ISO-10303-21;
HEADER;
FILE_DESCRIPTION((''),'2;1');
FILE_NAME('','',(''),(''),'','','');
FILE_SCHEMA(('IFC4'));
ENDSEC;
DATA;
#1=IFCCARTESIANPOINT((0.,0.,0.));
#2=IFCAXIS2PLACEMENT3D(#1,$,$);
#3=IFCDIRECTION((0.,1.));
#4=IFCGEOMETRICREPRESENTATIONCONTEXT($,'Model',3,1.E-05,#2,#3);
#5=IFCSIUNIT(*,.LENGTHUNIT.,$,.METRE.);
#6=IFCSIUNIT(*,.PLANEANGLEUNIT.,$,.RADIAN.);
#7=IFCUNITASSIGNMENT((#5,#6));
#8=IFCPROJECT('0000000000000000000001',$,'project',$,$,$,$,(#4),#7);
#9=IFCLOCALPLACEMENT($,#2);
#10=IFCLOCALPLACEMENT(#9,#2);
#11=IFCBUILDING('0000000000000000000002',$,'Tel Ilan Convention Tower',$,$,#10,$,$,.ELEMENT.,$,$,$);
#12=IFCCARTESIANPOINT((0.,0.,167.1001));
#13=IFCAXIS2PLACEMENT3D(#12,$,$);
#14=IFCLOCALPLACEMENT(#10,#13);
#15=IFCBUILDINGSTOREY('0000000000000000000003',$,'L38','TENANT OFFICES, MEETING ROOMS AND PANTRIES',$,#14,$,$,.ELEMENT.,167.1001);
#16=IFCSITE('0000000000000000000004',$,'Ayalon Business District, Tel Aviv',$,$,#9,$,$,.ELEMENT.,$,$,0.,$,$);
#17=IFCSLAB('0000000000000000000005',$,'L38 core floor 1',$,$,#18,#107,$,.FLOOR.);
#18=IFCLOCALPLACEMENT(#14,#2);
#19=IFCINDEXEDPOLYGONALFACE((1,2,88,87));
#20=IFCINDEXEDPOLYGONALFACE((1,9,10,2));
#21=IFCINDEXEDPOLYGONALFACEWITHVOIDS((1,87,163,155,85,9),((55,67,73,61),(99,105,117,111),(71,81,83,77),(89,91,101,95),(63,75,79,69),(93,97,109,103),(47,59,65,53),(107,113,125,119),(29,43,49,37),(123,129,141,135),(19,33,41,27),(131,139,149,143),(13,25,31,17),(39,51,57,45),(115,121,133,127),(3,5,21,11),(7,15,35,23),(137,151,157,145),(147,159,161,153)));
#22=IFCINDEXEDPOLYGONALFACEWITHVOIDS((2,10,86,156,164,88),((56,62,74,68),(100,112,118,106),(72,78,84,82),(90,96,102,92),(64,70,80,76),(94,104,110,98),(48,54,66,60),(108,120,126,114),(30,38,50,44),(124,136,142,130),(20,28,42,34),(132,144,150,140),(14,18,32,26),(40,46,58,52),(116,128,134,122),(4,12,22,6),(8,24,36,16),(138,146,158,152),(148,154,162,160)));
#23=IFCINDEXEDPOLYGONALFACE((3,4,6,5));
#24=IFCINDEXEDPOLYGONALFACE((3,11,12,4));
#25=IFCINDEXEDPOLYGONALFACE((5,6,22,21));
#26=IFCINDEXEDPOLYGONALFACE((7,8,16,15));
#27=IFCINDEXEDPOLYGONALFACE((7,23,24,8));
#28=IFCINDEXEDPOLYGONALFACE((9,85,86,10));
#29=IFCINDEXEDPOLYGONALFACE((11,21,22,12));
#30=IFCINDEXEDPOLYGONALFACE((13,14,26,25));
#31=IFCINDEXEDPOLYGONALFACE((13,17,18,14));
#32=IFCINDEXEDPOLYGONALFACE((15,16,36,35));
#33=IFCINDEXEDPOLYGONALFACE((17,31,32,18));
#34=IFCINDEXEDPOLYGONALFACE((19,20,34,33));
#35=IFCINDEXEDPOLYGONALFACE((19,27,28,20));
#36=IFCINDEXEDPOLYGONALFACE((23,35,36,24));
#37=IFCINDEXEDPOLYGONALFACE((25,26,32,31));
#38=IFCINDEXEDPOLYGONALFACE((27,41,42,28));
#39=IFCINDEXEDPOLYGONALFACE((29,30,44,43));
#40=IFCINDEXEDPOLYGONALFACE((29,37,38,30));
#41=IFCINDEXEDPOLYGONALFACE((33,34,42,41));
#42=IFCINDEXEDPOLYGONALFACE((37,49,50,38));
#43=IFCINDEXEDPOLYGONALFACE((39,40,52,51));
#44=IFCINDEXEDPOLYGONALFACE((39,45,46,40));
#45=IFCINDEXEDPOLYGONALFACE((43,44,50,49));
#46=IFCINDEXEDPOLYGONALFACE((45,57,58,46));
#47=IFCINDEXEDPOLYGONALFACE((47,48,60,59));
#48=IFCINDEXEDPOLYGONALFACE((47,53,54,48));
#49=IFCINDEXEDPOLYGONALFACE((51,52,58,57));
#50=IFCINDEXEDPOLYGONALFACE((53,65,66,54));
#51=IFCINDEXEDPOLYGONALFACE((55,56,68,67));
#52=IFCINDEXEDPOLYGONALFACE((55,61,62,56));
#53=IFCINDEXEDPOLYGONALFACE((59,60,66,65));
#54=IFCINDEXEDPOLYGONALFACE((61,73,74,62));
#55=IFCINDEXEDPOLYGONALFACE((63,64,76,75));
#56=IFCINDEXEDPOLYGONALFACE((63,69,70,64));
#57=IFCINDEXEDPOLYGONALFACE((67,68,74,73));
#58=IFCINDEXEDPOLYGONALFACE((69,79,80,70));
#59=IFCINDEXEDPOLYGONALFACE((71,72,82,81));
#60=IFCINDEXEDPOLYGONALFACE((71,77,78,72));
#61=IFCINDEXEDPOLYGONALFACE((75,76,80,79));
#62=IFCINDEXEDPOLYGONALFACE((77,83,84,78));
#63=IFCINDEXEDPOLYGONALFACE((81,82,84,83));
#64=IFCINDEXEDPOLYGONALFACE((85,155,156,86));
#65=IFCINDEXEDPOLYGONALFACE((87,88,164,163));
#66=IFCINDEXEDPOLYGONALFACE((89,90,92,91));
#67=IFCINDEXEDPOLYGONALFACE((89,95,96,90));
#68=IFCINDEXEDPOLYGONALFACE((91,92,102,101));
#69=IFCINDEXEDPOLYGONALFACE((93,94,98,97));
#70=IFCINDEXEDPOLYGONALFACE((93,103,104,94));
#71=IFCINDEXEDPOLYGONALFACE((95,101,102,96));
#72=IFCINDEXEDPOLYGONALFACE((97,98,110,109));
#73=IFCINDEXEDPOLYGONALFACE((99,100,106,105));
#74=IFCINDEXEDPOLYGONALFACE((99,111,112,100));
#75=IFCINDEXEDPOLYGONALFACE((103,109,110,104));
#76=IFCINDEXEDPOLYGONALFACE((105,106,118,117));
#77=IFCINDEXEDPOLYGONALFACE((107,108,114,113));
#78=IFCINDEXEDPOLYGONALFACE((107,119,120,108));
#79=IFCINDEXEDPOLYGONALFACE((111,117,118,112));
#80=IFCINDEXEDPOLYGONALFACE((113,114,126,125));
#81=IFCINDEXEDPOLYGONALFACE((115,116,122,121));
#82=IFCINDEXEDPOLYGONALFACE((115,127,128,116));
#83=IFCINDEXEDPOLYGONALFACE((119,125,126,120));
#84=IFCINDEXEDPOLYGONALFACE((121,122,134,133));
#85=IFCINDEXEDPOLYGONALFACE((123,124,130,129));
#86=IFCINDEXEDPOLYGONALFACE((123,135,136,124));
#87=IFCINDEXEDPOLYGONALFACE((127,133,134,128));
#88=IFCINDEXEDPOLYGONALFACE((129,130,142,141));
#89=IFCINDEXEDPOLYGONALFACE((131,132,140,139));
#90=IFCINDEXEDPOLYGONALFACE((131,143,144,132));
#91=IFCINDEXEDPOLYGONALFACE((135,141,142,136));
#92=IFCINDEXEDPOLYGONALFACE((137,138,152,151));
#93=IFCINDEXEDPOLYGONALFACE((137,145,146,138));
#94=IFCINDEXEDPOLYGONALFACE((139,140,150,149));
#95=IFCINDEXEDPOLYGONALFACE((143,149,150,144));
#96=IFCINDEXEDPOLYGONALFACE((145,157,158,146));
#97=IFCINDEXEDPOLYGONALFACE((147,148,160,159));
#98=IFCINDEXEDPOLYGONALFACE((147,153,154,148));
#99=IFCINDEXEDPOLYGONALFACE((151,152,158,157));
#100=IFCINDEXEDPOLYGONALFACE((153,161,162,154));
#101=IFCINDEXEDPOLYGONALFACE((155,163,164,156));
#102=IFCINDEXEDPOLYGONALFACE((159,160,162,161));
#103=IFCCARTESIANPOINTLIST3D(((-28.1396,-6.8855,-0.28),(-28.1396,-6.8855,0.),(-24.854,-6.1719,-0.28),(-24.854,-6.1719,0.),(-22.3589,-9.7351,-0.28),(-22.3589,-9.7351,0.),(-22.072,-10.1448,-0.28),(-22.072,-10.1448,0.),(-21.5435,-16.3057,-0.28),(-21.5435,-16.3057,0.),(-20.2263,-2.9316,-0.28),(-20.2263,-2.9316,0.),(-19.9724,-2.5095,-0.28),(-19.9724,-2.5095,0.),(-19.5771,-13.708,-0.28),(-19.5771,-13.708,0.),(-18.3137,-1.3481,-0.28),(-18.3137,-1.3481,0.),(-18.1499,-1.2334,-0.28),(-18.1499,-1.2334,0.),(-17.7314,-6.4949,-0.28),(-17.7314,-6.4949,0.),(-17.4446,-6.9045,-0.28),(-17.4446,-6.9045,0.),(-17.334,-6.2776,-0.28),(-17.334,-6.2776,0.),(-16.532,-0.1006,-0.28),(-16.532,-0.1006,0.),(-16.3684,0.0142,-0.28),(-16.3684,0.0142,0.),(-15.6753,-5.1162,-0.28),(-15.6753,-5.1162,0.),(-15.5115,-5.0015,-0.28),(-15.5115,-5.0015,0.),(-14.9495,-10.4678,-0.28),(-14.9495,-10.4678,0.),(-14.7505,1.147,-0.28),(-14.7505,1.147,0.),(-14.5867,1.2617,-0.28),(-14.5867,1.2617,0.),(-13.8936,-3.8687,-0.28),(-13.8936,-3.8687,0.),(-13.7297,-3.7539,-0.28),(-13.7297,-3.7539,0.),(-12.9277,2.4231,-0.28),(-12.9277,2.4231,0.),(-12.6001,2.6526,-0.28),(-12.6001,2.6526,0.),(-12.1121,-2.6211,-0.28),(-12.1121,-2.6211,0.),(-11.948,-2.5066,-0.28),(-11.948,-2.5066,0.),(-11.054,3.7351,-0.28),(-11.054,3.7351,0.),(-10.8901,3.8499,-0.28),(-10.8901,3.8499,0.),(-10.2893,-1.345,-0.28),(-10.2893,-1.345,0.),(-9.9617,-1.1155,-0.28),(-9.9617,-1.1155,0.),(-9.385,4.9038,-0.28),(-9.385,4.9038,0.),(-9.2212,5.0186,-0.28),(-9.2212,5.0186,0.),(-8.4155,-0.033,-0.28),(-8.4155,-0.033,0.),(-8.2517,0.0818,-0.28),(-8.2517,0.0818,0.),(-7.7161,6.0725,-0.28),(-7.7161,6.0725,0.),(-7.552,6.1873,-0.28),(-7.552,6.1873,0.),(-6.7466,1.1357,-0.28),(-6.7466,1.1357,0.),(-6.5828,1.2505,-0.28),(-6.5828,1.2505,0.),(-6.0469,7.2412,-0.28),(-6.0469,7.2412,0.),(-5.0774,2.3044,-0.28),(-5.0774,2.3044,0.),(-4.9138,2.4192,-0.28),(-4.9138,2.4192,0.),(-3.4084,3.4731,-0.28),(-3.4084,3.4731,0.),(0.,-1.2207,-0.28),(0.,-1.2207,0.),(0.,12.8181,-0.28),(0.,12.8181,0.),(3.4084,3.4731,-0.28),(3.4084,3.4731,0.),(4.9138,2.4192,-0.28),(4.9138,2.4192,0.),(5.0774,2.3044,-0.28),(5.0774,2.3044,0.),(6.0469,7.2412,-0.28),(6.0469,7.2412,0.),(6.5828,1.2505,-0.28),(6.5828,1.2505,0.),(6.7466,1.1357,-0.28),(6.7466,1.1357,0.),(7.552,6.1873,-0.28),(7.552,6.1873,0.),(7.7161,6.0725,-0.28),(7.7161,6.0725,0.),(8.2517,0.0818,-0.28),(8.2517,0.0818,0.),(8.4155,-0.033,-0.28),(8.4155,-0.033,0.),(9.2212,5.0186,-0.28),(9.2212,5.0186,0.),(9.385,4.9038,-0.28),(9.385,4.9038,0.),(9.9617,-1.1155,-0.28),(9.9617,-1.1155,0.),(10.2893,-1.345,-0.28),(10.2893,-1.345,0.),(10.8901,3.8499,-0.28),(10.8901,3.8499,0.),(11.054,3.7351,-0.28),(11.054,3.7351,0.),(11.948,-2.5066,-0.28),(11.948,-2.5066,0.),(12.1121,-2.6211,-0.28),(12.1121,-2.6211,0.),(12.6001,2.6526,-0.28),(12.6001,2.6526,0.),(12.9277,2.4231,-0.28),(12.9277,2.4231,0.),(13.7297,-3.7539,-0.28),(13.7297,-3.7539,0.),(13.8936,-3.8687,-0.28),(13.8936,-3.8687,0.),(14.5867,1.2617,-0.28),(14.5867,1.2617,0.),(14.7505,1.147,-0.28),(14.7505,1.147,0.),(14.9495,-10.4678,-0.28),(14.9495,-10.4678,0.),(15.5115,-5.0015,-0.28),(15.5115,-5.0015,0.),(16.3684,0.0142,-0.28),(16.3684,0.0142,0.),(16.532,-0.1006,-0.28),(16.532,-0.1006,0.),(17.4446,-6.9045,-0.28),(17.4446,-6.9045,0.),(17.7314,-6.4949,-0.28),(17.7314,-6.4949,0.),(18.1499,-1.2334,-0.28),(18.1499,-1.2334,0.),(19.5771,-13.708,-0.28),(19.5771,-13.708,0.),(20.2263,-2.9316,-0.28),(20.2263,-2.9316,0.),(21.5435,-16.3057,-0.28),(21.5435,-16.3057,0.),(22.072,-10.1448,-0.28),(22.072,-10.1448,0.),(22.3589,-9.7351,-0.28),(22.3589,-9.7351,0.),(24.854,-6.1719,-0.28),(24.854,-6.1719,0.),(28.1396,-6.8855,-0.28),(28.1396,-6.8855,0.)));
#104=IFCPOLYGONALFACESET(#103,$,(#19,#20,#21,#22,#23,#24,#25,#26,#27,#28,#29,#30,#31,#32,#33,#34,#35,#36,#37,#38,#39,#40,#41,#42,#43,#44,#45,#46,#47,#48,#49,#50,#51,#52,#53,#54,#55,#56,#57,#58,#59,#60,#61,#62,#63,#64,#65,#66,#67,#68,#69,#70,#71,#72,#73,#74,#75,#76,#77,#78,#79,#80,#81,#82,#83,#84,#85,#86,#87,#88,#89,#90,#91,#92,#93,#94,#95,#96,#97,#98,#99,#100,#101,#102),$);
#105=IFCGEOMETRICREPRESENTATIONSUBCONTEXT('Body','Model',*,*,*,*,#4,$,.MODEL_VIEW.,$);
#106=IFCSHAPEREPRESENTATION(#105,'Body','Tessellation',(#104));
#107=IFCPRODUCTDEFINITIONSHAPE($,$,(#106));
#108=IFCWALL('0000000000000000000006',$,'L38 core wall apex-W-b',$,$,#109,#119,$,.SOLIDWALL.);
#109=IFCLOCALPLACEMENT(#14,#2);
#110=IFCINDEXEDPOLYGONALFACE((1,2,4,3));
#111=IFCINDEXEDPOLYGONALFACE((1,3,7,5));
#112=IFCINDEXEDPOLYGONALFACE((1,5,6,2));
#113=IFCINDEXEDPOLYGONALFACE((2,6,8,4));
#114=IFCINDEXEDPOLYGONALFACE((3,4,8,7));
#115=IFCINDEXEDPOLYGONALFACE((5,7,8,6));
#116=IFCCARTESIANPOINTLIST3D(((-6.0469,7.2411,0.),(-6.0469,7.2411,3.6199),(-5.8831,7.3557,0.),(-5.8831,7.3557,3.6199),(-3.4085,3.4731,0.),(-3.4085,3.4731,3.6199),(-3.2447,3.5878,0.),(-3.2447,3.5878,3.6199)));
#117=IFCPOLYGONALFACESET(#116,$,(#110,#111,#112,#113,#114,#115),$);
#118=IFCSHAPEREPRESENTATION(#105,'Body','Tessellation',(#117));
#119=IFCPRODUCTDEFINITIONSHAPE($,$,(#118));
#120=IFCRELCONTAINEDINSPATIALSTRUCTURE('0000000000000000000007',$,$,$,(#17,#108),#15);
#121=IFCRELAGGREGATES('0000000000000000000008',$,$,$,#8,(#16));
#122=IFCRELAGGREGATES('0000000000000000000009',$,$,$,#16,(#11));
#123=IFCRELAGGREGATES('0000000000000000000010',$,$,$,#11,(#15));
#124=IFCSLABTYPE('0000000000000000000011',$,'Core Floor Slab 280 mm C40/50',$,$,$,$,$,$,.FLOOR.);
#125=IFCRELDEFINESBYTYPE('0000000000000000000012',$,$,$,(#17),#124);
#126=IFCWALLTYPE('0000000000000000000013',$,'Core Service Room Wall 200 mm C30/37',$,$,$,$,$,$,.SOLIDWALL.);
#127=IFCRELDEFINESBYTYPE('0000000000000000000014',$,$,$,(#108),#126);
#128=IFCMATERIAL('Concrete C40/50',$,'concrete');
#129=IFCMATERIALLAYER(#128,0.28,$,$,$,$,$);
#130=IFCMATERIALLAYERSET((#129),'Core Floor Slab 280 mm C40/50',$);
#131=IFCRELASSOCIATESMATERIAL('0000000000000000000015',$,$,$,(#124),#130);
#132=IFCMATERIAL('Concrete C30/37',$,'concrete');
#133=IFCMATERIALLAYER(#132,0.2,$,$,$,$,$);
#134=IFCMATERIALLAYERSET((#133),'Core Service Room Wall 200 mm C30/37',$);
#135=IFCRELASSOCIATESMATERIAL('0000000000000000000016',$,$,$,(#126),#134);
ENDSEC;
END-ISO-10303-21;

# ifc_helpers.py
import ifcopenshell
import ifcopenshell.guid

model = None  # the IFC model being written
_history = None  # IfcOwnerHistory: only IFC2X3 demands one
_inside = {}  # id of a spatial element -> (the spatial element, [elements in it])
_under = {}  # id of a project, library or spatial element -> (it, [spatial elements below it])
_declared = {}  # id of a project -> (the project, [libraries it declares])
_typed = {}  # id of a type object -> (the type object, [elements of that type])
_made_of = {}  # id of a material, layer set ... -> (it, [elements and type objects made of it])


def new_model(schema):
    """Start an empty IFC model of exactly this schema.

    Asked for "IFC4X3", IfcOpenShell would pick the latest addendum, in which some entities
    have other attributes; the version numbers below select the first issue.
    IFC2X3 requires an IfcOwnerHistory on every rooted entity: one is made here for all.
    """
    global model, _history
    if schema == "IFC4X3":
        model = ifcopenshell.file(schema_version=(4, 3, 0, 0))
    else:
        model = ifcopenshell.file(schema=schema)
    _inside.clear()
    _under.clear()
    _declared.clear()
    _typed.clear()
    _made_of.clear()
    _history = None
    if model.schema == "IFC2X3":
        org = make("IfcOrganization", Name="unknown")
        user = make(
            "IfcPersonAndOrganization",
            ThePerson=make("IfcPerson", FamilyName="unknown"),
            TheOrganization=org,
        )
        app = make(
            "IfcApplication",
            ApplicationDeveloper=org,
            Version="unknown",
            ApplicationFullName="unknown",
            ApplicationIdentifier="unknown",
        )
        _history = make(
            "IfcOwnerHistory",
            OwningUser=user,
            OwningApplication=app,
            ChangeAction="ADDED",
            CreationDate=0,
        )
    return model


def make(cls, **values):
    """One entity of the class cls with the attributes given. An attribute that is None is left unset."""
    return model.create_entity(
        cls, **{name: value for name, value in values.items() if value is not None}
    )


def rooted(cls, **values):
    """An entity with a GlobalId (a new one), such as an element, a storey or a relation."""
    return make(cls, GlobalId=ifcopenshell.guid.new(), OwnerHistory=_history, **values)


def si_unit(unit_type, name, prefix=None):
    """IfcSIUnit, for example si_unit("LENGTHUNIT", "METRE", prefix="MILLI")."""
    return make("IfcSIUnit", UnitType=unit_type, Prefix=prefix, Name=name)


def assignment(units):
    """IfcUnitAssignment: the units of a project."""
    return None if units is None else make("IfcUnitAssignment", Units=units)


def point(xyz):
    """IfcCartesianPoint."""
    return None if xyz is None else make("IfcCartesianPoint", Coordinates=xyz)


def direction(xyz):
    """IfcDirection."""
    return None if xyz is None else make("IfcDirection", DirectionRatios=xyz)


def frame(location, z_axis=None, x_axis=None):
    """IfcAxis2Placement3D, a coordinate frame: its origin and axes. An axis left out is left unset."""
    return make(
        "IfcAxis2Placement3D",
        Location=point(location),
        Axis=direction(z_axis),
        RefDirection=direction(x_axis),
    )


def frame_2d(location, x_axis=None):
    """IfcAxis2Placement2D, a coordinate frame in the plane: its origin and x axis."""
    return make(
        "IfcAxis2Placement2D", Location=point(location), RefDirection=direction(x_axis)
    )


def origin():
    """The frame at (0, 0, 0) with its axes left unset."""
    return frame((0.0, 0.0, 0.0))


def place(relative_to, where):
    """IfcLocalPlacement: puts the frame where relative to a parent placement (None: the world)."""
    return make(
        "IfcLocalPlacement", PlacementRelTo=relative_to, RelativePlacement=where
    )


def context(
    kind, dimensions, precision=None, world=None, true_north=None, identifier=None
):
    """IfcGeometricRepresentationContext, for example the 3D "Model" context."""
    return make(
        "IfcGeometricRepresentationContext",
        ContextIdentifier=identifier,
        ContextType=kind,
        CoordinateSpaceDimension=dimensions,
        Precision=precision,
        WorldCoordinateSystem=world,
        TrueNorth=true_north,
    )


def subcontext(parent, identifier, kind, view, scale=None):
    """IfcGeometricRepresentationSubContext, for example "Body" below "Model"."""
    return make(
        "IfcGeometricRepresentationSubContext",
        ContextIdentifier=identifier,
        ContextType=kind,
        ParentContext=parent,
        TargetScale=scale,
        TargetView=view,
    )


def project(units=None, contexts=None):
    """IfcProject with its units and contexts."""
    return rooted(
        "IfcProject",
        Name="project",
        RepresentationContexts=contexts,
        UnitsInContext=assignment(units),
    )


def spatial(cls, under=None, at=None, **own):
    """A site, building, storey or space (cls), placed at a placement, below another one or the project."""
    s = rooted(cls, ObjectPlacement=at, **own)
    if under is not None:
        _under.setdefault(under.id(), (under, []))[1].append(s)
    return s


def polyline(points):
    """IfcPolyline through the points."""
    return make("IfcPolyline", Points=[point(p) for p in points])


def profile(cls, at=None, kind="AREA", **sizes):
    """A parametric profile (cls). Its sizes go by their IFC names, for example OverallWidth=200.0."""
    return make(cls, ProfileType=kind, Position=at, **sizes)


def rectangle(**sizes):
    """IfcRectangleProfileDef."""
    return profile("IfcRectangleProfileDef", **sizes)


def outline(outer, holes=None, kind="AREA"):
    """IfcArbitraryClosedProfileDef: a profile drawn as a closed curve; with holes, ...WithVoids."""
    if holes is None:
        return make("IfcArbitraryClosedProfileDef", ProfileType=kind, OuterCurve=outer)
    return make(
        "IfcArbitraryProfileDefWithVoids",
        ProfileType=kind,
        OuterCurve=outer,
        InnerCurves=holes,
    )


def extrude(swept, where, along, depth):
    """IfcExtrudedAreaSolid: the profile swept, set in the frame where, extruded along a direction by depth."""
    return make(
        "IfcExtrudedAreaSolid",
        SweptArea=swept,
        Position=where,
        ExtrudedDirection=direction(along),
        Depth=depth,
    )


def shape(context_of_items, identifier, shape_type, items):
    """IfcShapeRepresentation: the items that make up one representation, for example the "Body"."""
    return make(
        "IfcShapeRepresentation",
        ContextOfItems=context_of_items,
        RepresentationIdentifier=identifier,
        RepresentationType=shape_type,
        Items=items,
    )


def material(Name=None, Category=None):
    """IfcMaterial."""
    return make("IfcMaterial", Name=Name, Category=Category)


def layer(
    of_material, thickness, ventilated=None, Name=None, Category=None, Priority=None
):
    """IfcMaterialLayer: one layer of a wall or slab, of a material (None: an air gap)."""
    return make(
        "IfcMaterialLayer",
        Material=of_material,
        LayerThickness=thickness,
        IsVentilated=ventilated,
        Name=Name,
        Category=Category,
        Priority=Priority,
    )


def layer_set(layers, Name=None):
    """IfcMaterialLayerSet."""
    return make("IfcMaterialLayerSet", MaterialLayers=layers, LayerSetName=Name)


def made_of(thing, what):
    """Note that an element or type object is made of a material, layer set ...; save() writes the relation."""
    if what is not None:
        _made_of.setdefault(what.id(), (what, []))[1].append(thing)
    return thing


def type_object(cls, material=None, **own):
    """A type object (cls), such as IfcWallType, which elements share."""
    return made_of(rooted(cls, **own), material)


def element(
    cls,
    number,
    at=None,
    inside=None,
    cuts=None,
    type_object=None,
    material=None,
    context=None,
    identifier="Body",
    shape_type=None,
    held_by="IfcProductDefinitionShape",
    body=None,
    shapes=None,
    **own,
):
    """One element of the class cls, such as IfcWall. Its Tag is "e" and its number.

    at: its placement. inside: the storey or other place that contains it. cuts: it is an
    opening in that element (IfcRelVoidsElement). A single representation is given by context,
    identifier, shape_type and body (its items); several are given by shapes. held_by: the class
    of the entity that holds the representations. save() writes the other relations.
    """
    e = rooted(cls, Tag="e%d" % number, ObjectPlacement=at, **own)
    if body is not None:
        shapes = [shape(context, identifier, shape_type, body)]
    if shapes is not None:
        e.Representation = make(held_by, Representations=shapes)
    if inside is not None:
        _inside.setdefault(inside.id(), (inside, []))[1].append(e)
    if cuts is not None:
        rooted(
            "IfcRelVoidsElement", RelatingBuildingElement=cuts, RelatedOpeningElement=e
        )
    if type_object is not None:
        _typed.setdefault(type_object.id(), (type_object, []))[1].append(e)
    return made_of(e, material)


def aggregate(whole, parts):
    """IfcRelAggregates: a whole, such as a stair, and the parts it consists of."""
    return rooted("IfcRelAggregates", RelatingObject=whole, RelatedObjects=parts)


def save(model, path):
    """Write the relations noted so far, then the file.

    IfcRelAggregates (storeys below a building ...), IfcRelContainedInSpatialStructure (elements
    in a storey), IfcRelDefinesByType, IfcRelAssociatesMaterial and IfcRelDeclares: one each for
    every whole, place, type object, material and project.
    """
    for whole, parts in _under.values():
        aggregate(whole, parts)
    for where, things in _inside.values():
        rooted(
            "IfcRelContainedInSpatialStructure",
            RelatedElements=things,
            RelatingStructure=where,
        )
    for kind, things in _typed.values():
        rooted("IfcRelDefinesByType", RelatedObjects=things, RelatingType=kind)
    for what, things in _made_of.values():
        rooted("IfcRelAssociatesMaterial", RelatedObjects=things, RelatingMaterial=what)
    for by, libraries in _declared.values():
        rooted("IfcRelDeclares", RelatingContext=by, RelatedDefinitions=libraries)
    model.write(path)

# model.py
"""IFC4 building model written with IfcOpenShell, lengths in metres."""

from ifc_helpers import new_model, si_unit, direction, frame, frame_2d, origin, place, context, subcontext, project, spatial, polyline, rectangle, outline, extrude, material, layer, layer_set, type_object, element, save


model = new_model("IFC4")

# Units and contexts
model_context = context("Model", 3, precision=1e-05, world=origin(), true_north=direction((0.0, 1.0)))
body_context = subcontext(model_context, "Body", "Model", "MODEL_VIEW")
ifc_project = project(units=[si_unit("LENGTHUNIT", "METRE"), si_unit("PLANEANGLEUNIT", "RADIAN")], contexts=[model_context])

# Site, building, storey
site_placement = place(None, origin())
site = spatial("IfcSite", under=ifc_project, at=site_placement, Name="Ayalon Business District, Tel Aviv", CompositionType="ELEMENT", RefElevation=0.0)
building_placement = place(site_placement, origin())
building = spatial("IfcBuilding", under=site, at=building_placement, Name="Tel Ilan Convention Tower", CompositionType="ELEMENT")
storey_placement = place(building_placement, frame((0.0, 0.0, 167.1001)))
storey = spatial("IfcBuildingStorey", under=building, at=storey_placement, Name="L38", Description="TENANT OFFICES, MEETING ROOMS AND PANTRIES", CompositionType="ELEMENT", Elevation=167.1001)

# Slab
ifc_material_1 = material(Name="Concrete C40/50", Category="concrete")
ifc_layer_1 = layer(ifc_material_1, 0.28)
ifc_layer_set_1 = layer_set([ifc_layer_1], Name="Core Floor Slab 280 mm C40/50")
slab_type_1 = type_object("IfcSlabType", Name="Core Floor Slab 280 mm C40/50", PredefinedType="FLOOR", material=ifc_layer_set_1)
slab_1_placement = place(storey_placement, frame((0.0, 0.0, -0.28)))
element("IfcSlab", 1, at=slab_1_placement, inside=storey, type_object=slab_type_1, Name="L38 core floor 1", PredefinedType="FLOOR", context=body_context, shape_type="SweptSolid", body=[
    extrude(outline(polyline([(-28.1396, -6.8855), (0.0, 12.8181), (28.1396, -6.8855), (21.5435, -16.3057), (0.0, -1.2207), (-21.5435, -16.3057), (-28.1396, -6.8855)]), holes=[polyline([(-14.9495, -10.4678), (-17.4446, -6.9045), (-22.072, -10.1448), (-19.5771, -13.708), (-14.9495, -10.4678)]), polyline([(-17.7314, -6.4949), (-20.2263, -2.9316), (-24.854, -6.1719), (-22.3589, -9.7351), (-17.7314, -6.4949)]), polyline([(-18.3137, -1.3481), (-19.9724, -2.5095), (-17.334, -6.2776), (-15.6753, -5.1162), (-18.3137, -1.3481)]), polyline([(-16.532, -0.1006), (-18.1499, -1.2334), (-15.5115, -5.0015), (-13.8936, -3.8687), (-16.532, -0.1006)]), polyline([(-14.7505, 1.147), (-16.3684, 0.0142), (-13.7297, -3.7539), (-12.1121, -2.6211), (-14.7505, 1.147)]), polyline([(-12.9277, 2.4231), (-14.5867, 1.2617), (-11.948, -2.5066), (-10.2893, -1.345), (-12.9277, 2.4231)]), polyline([(-11.054, 3.7351), (-12.6001, 2.6526), (-9.9617, -1.1155), (-8.4155, -0.033), (-11.054, 3.7351)]), polyline([(-6.7466, 1.1357), (-9.385, 4.9038), (-10.8901, 3.8499), (-8.2517, 0.0818), (-6.7466, 1.1357)]), polyline([(-5.0774, 2.3044), (-7.7161, 6.0725), (-9.2212, 5.0186), (-6.5828, 1.2505), (-5.0774, 2.3044)]), polyline([(-6.0469, 7.2412), (-7.552, 6.1873), (-4.9138, 2.4192), (-3.4084, 3.4731), (-6.0469, 7.2412)]), polyline([(17.4446, -6.9045), (14.9495, -10.4678), (19.5771, -13.708), (22.072, -10.1448), (17.4446, -6.9045)]), polyline([(20.2263, -2.9316), (17.7314, -6.4949), (22.3589, -9.7351), (24.854, -6.1719), (20.2263, -2.9316)]), polyline([(13.8936, -3.8687), (15.5115, -5.0015), (18.1499, -1.2334), (16.532, -0.1006), (13.8936, -3.8687)]), polyline([(12.1121, -2.6211), (13.7297, -3.7539), (16.3684, 0.0142), (14.7505, 1.147), (12.1121, -2.6211)]), polyline([(11.948, -2.5066), (14.5867, 1.2617), (12.9277, 2.4231), (10.2893, -1.345), (11.948, -2.5066)]), polyline([(9.9617, -1.1155), (12.6001, 2.6526), (11.054, 3.7351), (8.4155, -0.033), (9.9617, -1.1155)]), polyline([(8.2517, 0.0818), (10.8901, 3.8499), (9.385, 4.9038), (6.7466, 1.1357), (8.2517, 0.0818)]), polyline([(5.0774, 2.3044), (6.5828, 1.2505), (9.2212, 5.0186), (7.7161, 6.0725), (5.0774, 2.3044)]), polyline([(3.4084, 3.4731), (4.9138, 2.4192), (7.552, 6.1873), (6.0469, 7.2412), (3.4084, 3.4731)])]), origin(), (0.0, 0.0, 1.0), 0.28),
])

# Wall
ifc_material_2 = material(Name="Concrete C30/37", Category="concrete")
ifc_layer_2 = layer(ifc_material_2, 0.2)
ifc_layer_set_2 = layer_set([ifc_layer_2], Name="Core Service Room Wall 200 mm C30/37")
wall_type_1 = type_object("IfcWallType", Name="Core Service Room Wall 200 mm C30/37", PredefinedType="SOLIDWALL", material=ifc_layer_set_2)
wall_1_placement = place(storey_placement, frame((-3.3267, 3.5305, 0.0), z_axis=(0.0, 0.0, 1.0), x_axis=(-0.573576, 0.819152, 0.0)))
element("IfcWall", 2, at=wall_1_placement, inside=storey, type_object=wall_type_1, Name="L38 core wall apex-W-b", PredefinedType="SOLIDWALL", context=body_context, shape_type="SweptSolid", body=[
    extrude(rectangle(XDim=4.5999, YDim=0.2, at=frame_2d((2.2998, 0.0))), origin(), (0.0, 0.0, 1.0), 3.6199),
])

save(model, "model.ifc")
